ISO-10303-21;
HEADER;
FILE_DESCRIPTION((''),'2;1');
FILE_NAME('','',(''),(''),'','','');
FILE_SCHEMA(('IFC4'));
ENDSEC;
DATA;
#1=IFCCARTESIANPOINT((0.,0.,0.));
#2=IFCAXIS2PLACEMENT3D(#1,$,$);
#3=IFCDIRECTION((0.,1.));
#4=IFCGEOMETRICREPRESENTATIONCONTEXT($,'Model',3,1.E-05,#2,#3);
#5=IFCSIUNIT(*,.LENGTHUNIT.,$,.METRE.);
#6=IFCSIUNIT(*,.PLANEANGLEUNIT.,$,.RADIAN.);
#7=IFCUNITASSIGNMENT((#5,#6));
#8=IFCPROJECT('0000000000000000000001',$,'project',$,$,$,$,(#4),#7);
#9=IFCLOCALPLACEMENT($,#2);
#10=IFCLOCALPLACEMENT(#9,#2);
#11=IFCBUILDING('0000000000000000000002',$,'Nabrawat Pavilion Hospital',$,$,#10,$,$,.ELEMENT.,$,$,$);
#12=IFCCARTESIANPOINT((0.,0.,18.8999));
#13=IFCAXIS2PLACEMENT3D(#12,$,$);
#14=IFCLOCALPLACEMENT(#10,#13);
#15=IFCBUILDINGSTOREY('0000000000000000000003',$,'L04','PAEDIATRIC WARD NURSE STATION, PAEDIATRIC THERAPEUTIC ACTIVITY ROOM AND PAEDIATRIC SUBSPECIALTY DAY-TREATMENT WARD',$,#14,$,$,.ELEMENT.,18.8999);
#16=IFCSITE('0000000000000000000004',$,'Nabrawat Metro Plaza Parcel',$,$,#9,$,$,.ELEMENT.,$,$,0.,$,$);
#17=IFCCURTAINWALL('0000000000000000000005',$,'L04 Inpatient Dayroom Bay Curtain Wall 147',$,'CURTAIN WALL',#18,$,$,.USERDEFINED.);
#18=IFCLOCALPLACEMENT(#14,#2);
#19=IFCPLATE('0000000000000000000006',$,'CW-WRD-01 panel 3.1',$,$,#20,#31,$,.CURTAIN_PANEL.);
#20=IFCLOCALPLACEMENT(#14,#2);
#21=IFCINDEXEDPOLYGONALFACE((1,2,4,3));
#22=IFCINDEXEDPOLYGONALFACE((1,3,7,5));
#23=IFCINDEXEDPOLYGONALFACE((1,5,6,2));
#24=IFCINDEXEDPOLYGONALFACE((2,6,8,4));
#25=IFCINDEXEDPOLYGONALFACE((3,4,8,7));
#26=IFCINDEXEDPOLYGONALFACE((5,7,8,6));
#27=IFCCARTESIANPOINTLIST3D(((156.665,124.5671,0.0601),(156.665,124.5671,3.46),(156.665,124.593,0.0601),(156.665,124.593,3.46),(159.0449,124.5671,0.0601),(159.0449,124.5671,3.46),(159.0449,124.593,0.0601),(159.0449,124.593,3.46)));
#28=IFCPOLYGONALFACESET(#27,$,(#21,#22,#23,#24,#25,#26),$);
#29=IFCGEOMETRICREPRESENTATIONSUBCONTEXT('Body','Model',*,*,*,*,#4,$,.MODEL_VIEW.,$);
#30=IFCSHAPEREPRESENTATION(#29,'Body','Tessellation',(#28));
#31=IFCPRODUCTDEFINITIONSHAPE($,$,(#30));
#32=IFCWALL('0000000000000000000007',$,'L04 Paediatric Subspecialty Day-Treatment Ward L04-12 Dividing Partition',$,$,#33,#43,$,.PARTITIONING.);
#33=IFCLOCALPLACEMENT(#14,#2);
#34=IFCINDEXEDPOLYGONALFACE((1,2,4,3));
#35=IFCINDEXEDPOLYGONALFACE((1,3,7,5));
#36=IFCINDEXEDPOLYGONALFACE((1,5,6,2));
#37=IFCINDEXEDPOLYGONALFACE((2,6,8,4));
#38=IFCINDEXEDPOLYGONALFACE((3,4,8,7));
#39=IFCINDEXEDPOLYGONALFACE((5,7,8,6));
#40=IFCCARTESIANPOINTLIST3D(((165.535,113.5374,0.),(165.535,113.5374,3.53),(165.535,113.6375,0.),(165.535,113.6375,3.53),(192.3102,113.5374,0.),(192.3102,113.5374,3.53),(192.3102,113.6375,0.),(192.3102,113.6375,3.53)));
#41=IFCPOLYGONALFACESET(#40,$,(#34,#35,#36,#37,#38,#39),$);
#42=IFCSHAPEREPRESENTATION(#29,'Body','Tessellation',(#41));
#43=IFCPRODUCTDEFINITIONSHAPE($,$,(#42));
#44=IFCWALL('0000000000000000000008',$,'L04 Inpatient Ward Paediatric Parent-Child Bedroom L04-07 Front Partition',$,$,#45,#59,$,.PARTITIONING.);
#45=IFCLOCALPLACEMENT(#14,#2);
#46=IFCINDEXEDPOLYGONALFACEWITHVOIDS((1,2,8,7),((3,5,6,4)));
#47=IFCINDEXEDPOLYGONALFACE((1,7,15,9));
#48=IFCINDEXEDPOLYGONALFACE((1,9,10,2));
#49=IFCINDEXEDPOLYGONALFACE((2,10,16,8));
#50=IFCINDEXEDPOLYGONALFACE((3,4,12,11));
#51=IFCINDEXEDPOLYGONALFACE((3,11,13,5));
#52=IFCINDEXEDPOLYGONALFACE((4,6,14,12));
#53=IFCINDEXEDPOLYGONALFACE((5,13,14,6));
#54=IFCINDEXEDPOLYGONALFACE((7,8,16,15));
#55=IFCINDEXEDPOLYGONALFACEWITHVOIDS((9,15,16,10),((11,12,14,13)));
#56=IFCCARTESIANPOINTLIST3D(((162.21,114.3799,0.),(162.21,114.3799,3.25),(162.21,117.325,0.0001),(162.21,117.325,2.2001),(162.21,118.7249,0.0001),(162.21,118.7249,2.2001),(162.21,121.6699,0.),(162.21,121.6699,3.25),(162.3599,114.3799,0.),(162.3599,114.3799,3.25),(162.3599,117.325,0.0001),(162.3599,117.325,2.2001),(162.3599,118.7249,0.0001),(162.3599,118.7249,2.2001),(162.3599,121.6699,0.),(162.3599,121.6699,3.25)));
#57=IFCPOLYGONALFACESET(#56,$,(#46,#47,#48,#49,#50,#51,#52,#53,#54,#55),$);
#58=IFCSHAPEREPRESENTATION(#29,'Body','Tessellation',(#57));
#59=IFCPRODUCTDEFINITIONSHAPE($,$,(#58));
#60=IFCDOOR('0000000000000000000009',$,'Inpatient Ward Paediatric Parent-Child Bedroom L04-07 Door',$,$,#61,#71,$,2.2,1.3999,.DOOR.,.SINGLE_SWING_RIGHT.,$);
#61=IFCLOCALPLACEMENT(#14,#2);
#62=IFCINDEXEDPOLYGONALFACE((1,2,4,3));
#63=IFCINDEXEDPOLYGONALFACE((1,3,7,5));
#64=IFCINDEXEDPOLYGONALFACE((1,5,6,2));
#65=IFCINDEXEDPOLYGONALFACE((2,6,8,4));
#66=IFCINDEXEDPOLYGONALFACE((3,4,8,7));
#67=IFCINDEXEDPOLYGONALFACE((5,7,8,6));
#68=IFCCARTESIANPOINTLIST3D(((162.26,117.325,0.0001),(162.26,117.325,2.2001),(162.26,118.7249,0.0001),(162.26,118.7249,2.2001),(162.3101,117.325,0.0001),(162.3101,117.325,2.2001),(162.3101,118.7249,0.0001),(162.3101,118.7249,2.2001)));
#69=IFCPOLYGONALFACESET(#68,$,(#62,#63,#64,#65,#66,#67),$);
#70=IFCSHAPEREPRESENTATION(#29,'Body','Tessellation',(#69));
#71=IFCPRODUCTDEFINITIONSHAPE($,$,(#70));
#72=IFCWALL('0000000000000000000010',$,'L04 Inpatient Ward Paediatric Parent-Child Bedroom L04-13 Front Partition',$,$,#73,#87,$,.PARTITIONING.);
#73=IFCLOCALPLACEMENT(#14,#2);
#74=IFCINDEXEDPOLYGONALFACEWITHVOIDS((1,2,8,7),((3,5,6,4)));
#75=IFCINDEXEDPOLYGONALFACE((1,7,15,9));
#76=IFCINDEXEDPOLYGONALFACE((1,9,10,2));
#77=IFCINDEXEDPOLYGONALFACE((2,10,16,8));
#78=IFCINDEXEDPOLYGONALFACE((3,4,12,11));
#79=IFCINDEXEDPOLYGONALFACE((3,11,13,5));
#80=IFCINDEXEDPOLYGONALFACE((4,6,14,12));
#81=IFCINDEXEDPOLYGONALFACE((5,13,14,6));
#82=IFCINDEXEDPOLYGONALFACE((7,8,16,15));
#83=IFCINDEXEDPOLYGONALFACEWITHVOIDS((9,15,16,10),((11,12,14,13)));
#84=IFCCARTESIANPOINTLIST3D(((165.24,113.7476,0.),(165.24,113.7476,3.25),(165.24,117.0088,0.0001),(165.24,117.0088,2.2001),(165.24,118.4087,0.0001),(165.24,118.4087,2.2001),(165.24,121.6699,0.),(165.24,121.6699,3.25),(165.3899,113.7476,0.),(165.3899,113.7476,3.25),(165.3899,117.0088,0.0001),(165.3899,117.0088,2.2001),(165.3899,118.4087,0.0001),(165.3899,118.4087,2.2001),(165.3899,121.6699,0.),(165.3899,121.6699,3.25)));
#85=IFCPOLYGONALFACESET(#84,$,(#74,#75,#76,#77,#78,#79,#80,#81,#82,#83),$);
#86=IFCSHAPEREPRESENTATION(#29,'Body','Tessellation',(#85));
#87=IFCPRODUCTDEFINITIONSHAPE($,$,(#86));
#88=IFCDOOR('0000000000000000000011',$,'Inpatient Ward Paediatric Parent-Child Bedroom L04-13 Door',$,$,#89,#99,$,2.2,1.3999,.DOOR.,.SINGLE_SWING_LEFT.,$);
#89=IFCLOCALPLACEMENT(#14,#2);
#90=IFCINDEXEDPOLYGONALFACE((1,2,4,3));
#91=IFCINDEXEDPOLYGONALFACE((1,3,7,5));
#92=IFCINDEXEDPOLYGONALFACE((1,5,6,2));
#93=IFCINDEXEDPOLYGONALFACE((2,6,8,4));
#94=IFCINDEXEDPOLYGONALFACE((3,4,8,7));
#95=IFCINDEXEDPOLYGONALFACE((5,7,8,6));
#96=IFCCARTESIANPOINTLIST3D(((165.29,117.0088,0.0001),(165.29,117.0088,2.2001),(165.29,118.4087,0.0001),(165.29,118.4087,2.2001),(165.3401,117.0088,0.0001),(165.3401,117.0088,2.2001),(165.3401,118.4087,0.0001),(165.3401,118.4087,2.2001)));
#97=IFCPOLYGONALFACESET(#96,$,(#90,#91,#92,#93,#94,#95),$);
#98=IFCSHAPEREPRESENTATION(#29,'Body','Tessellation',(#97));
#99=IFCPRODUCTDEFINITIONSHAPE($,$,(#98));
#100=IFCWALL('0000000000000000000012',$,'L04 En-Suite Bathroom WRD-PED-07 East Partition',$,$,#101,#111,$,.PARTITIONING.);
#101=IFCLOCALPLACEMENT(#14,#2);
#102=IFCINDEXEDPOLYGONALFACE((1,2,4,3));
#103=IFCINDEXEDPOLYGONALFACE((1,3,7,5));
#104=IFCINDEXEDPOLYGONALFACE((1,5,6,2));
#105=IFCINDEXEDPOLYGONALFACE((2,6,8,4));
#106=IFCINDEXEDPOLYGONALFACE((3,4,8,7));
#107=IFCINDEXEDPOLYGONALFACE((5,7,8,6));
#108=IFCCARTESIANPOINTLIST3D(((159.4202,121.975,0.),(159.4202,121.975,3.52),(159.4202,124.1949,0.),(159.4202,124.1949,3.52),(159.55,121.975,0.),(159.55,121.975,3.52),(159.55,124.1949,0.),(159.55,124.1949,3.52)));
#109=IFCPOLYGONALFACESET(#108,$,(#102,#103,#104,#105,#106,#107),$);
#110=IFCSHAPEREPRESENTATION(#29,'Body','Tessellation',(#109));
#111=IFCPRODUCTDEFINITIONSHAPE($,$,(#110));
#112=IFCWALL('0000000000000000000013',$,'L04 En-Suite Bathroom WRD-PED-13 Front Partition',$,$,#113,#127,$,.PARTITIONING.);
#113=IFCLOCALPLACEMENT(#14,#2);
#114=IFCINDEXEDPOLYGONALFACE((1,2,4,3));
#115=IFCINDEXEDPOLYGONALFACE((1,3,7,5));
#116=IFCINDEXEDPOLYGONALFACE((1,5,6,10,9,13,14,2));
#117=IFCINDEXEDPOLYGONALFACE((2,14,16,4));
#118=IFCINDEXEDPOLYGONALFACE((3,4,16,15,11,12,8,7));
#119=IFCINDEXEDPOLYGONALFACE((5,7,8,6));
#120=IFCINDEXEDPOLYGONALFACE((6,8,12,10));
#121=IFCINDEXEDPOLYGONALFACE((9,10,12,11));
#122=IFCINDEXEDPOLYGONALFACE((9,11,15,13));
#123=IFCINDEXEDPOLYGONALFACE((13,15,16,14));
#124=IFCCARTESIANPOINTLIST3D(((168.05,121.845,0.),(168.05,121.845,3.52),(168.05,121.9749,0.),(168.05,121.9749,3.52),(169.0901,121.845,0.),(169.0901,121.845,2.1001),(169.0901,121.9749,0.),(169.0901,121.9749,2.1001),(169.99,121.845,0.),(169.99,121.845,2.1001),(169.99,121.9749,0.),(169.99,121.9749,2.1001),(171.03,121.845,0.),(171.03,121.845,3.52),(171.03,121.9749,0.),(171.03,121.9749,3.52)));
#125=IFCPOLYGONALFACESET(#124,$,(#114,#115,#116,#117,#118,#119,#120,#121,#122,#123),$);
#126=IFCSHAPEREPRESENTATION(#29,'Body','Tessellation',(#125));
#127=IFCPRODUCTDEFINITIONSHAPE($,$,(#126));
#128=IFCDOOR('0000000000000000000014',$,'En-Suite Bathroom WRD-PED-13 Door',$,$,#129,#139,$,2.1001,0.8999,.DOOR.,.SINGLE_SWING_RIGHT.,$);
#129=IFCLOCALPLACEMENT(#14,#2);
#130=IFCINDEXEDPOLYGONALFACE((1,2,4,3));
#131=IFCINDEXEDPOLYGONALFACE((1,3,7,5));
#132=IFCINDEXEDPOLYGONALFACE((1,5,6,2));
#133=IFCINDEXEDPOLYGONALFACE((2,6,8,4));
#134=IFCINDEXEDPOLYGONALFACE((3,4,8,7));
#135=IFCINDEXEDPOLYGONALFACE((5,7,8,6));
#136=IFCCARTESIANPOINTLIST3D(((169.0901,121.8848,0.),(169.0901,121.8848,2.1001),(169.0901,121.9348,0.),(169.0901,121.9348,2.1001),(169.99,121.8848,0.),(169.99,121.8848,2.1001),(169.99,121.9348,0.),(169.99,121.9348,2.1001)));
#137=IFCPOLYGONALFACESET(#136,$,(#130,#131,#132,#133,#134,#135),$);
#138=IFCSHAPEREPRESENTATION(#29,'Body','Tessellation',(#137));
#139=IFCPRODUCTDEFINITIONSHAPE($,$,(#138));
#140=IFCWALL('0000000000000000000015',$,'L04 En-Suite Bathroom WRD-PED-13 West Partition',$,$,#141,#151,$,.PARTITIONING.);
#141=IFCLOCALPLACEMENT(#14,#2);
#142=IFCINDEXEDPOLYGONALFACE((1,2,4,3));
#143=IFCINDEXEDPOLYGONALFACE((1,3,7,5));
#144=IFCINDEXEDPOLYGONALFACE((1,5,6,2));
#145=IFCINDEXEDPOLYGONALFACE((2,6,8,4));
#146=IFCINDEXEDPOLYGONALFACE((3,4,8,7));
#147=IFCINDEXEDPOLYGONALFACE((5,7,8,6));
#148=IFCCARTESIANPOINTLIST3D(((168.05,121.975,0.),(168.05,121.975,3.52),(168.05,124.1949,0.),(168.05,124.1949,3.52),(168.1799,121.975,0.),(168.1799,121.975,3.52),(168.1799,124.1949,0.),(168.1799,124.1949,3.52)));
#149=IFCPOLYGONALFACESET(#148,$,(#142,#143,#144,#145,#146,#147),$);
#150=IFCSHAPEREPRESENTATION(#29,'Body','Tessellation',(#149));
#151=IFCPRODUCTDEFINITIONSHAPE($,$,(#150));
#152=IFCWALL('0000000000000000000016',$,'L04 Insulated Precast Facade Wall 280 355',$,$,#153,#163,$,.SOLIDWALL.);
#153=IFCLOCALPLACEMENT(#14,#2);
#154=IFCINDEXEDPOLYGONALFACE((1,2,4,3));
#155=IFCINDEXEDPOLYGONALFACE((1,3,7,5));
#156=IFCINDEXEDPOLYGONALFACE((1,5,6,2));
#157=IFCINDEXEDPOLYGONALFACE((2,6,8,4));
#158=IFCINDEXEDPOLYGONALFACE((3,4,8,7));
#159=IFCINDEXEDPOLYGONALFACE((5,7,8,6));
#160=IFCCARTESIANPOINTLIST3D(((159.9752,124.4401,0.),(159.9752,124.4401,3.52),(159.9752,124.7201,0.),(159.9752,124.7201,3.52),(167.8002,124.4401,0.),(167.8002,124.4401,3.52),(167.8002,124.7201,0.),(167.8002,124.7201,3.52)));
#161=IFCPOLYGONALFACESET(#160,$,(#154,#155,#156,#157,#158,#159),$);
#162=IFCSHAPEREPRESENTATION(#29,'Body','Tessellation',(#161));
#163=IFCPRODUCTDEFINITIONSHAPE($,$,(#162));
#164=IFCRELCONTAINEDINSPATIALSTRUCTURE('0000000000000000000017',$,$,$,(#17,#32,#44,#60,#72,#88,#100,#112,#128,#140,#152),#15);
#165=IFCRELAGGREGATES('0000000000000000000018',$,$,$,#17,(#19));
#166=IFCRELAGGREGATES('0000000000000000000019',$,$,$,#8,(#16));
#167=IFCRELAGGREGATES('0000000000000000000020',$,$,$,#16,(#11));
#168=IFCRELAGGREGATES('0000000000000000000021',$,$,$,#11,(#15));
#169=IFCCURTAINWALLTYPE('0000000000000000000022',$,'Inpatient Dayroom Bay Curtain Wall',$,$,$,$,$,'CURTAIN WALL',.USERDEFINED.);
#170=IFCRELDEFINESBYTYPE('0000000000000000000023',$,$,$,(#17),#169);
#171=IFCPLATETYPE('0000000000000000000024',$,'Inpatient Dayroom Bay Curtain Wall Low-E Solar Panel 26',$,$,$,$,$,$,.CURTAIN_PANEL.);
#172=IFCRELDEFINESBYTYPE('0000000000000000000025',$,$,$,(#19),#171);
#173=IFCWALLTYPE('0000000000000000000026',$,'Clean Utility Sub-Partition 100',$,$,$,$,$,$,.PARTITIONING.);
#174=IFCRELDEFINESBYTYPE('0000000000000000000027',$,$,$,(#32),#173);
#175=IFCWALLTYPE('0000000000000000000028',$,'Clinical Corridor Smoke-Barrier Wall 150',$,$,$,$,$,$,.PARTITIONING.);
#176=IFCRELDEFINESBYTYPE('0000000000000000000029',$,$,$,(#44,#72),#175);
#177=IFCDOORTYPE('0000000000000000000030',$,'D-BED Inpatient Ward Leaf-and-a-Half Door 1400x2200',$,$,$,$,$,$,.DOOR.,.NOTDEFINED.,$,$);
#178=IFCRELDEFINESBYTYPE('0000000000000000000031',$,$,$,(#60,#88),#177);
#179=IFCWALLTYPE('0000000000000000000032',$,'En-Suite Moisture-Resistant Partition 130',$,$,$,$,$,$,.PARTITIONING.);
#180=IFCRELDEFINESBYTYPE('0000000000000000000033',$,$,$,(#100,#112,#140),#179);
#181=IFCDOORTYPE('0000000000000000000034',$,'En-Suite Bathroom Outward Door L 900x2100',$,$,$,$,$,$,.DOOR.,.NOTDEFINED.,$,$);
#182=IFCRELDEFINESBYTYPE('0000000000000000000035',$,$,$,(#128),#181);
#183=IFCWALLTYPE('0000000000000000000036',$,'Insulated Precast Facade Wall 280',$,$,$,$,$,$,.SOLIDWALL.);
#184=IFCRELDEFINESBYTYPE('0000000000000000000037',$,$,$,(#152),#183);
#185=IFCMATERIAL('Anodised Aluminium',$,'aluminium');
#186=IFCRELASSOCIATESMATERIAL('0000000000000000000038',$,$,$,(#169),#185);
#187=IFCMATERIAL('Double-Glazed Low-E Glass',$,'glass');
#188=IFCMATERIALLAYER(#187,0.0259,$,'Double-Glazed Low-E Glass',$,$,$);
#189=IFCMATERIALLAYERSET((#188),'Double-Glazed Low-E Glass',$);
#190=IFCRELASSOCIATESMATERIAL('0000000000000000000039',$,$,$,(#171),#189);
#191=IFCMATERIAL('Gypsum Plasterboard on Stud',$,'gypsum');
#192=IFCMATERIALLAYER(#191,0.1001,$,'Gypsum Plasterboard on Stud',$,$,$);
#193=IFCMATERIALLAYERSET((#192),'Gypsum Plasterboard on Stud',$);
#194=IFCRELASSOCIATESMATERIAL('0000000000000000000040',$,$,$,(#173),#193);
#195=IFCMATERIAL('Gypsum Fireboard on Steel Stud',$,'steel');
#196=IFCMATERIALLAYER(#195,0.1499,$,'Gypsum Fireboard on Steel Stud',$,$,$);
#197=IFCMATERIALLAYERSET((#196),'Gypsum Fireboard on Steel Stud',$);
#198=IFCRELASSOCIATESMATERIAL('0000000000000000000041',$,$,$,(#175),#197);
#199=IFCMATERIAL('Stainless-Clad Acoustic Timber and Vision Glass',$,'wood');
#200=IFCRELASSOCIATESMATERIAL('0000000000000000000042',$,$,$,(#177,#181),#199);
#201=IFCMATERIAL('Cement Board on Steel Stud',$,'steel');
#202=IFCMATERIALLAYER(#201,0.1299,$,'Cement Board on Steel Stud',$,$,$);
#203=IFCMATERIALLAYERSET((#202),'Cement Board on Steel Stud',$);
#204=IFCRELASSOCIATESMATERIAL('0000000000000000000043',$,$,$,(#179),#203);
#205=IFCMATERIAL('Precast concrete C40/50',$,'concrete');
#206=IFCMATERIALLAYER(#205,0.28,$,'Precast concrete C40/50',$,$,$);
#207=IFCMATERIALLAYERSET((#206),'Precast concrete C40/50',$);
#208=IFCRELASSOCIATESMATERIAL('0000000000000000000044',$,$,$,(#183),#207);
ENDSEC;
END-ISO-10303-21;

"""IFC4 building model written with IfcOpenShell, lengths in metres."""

from ifc_helpers import new_model, si_unit, direction, frame, frame_2d, origin, origin_2d, place, context, subcontext, project, spatial, rectangle, extrude, material, layer, layer_set, type_object, element, fill, aggregate, save


model = new_model("IFC4")

# Units and contexts
model_context = context("Model", 3, precision=1e-05, world=origin(), true_north=direction((0.0, 1.0)))
body_context = subcontext(model_context, "Body", "Model", "MODEL_VIEW")
ifc_project = project(units=[si_unit("LENGTHUNIT", "METRE"), si_unit("PLANEANGLEUNIT", "RADIAN")], contexts=[model_context])

# Site, building, storey
site_placement = place(None, origin())
site = spatial("IfcSite", under=ifc_project, at=site_placement, Name="Nabrawat Metro Plaza Parcel", CompositionType="ELEMENT", RefElevation=0.0)
building_placement = place(site_placement, origin())
building = spatial("IfcBuilding", under=site, at=building_placement, Name="Nabrawat Pavilion Hospital", CompositionType="ELEMENT")
storey_placement = place(building_placement, frame((0.0, 0.0, 18.8999)))
storey = spatial("IfcBuildingStorey", under=building, at=storey_placement, Name="L04", Description="PAEDIATRIC WARD NURSE STATION, PAEDIATRIC THERAPEUTIC ACTIVITY ROOM AND PAEDIATRIC SUBSPECIALTY DAY-TREATMENT WARD", CompositionType="ELEMENT", Elevation=18.8999)

# Curtain wall
ifc_material_1 = material(Name="Anodised Aluminium", Category="aluminium")
curtain_wall_type = type_object("IfcCurtainWallType", Name="Inpatient Dayroom Bay Curtain Wall", ElementType="CURTAIN WALL", PredefinedType="USERDEFINED", material=ifc_material_1)
curtain_wall_placement = place(storey_placement, origin())
curtain_wall = element("IfcCurtainWall", 1, at=curtain_wall_placement, inside=storey, type_object=curtain_wall_type, Name="L04 Inpatient Dayroom Bay Curtain Wall 147", ObjectType="CURTAIN WALL", PredefinedType="USERDEFINED")

# Plate
ifc_material_2 = material(Name="Double-Glazed Low-E Glass", Category="glass")
ifc_layer_1 = layer(ifc_material_2, 0.0259, Name="Double-Glazed Low-E Glass")
ifc_layer_set_1 = layer_set([ifc_layer_1], Name="Double-Glazed Low-E Glass")
plate_type = type_object("IfcPlateType", Name="Inpatient Dayroom Bay Curtain Wall Low-E Solar Panel 26", PredefinedType="CURTAIN_PANEL", material=ifc_layer_set_1)
plate_placement = place(storey_placement, frame((157.855, 124.5801, 0.0601), z_axis=(0.0, 0.0, 1.0), x_axis=(1.0, 0.0, 0.0)))
plate = element("IfcPlate", 2, at=plate_placement, type_object=plate_type, Name="CW-WRD-01 panel 3.1", PredefinedType="CURTAIN_PANEL", context=body_context, shape_type="SweptSolid", body=[
    extrude(rectangle(XDim=2.3799, YDim=0.0259, at=origin_2d()), origin(), (0.0, 0.0, 1.0), 3.3999),
])
aggregate(curtain_wall, [plate])

# Wall
ifc_material_3 = material(Name="Gypsum Plasterboard on Stud", Category="gypsum")
ifc_layer_2 = layer(ifc_material_3, 0.1001, Name="Gypsum Plasterboard on Stud")
ifc_layer_set_2 = layer_set([ifc_layer_2], Name="Gypsum Plasterboard on Stud")
wall_type_1 = type_object("IfcWallType", Name="Clean Utility Sub-Partition 100", PredefinedType="PARTITIONING", material=ifc_layer_set_2)
wall_1_placement = place(storey_placement, frame((165.5349, 113.5874, 0.0), z_axis=(0.0, 0.0, 1.0), x_axis=(1.0, 0.0, 0.0)))
element("IfcWall", 3, at=wall_1_placement, inside=storey, type_object=wall_type_1, Name="L04 Paediatric Subspecialty Day-Treatment Ward L04-12 Dividing Partition", PredefinedType="PARTITIONING", context=body_context, shape_type="SweptSolid", body=[
    extrude(rectangle(XDim=26.7751, YDim=0.1001, at=frame_2d((13.3877, 0.0))), origin(), (0.0, 0.0, 1.0), 3.53),
])

# Walls, openings, doors
ifc_material_4 = material(Name="Gypsum Fireboard on Steel Stud", Category="steel")
ifc_layer_3 = layer(ifc_material_4, 0.1499, Name="Gypsum Fireboard on Steel Stud")
ifc_layer_set_3 = layer_set([ifc_layer_3], Name="Gypsum Fireboard on Steel Stud")
wall_type_2 = type_object("IfcWallType", Name="Clinical Corridor Smoke-Barrier Wall 150", PredefinedType="PARTITIONING", material=ifc_layer_set_3)
wall_2_placement = place(storey_placement, frame((162.2849, 114.3799, 0.0), z_axis=(0.0, 0.0, 1.0), x_axis=(0.0, 1.0, 0.0)))
wall_2 = element("IfcWall", 4, at=wall_2_placement, inside=storey, type_object=wall_type_2, Name="L04 Inpatient Ward Paediatric Parent-Child Bedroom L04-07 Front Partition", PredefinedType="PARTITIONING", context=body_context, shape_type="SweptSolid", body=[
    extrude(rectangle(XDim=7.29, YDim=0.1499, at=frame_2d((3.645, 0.0))), origin(), (0.0, 0.0, 1.0), 3.25),
])
opening_1_placement = place(wall_2_placement, frame((2.9451, 0.0, 0.0)))
opening_1 = element("IfcOpeningElement", 5, at=opening_1_placement, cuts=wall_2, PredefinedType="OPENING", context=body_context, shape_type="SweptSolid", body=[
    extrude(rectangle(XDim=1.3999, YDim=2.2, at=frame_2d((0.7, 1.1001))), frame((0.0, 0.085, 0.0), z_axis=(0.0, -1.0, 0.0), x_axis=(1.0, 0.0, 0.0)), (0.0, 0.0, 1.0), 0.1699),
])
ifc_material_5 = material(Name="Stainless-Clad Acoustic Timber and Vision Glass", Category="wood")
door_type_1 = type_object("IfcDoorType", Name="D-BED Inpatient Ward Leaf-and-a-Half Door 1400x2200", OperationType="NOTDEFINED", PredefinedType="DOOR", material=ifc_material_5)
door_1_placement = place(opening_1_placement, origin())
door_1 = element("IfcDoor", 6, at=door_1_placement, inside=storey, type_object=door_type_1, Name="Inpatient Ward Paediatric Parent-Child Bedroom L04-07 Door", OperationType="SINGLE_SWING_RIGHT", OverallHeight=2.2, OverallWidth=1.3999, PredefinedType="DOOR", context=body_context, shape_type="SweptSolid", body=[
    extrude(rectangle(XDim=1.3999, YDim=2.2, at=frame_2d((0.7, 1.1001))), frame((0.0, 0.0249, 0.0), z_axis=(0.0, -1.0, 0.0), x_axis=(1.0, 0.0, 0.0)), (0.0, 0.0, 1.0), 0.05),
])
fill(opening_1, door_1)
wall_3_placement = place(storey_placement, frame((165.3149, 113.7476, 0.0), z_axis=(0.0, 0.0, 1.0), x_axis=(0.0, 1.0, 0.0)))
wall_3 = element("IfcWall", 7, at=wall_3_placement, inside=storey, type_object=wall_type_2, Name="L04 Inpatient Ward Paediatric Parent-Child Bedroom L04-13 Front Partition", PredefinedType="PARTITIONING", context=body_context, shape_type="SweptSolid", body=[
    extrude(rectangle(XDim=7.9224, YDim=0.1499, at=frame_2d((3.9612, 0.0))), origin(), (0.0, 0.0, 1.0), 3.25),
])
opening_2_placement = place(wall_3_placement, frame((3.2612, 0.0, 0.0)))
opening_2 = element("IfcOpeningElement", 8, at=opening_2_placement, cuts=wall_3, PredefinedType="OPENING", context=body_context, shape_type="SweptSolid", body=[
    extrude(rectangle(XDim=1.3999, YDim=2.2, at=frame_2d((0.7, 1.1001))), frame((0.0, 0.085, 0.0), z_axis=(0.0, -1.0, 0.0), x_axis=(1.0, 0.0, 0.0)), (0.0, 0.0, 1.0), 0.1699),
])
door_2_placement = place(opening_2_placement, origin())
door_2 = element("IfcDoor", 9, at=door_2_placement, inside=storey, type_object=door_type_1, Name="Inpatient Ward Paediatric Parent-Child Bedroom L04-13 Door", OperationType="SINGLE_SWING_LEFT", OverallHeight=2.2, OverallWidth=1.3999, PredefinedType="DOOR", context=body_context, shape_type="SweptSolid", body=[
    extrude(rectangle(XDim=1.3999, YDim=2.2, at=frame_2d((0.7, 1.1001))), frame((0.0, 0.0249, 0.0), z_axis=(0.0, -1.0, 0.0), x_axis=(1.0, 0.0, 0.0)), (0.0, 0.0, 1.0), 0.05),
])
fill(opening_2, door_2)

# Wall
ifc_material_6 = material(Name="Cement Board on Steel Stud", Category="steel")
ifc_layer_4 = layer(ifc_material_6, 0.1299, Name="Cement Board on Steel Stud")
ifc_layer_set_4 = layer_set([ifc_layer_4], Name="Cement Board on Steel Stud")
wall_type_3 = type_object("IfcWallType", Name="En-Suite Moisture-Resistant Partition 130", PredefinedType="PARTITIONING", material=ifc_layer_set_4)
wall_4_placement = place(storey_placement, frame((159.4851, 121.9751, 0.0), z_axis=(0.0, 0.0, 1.0), x_axis=(0.0, 1.0, 0.0)))
element("IfcWall", 10, at=wall_4_placement, inside=storey, type_object=wall_type_3, Name="L04 En-Suite Bathroom WRD-PED-07 East Partition", PredefinedType="PARTITIONING", context=body_context, shape_type="SweptSolid", body=[
    extrude(rectangle(XDim=2.22, YDim=0.1299, at=frame_2d((1.1099, 0.0))), origin(), (0.0, 0.0, 1.0), 3.52),
])

# Wall, opening, door
wall_5_placement = place(storey_placement, frame((168.05, 121.9099, 0.0), z_axis=(0.0, 0.0, 1.0), x_axis=(1.0, 0.0, 0.0)))
wall_5 = element("IfcWall", 11, at=wall_5_placement, inside=storey, type_object=wall_type_3, Name="L04 En-Suite Bathroom WRD-PED-13 Front Partition", PredefinedType="PARTITIONING", context=body_context, shape_type="SweptSolid", body=[
    extrude(rectangle(XDim=2.98, YDim=0.1299, at=frame_2d((1.49, 0.0))), origin(), (0.0, 0.0, 1.0), 3.52),
])
opening_3_placement = place(wall_5_placement, frame((1.04, 0.0, 0.0)))
opening_3 = element("IfcOpeningElement", 12, at=opening_3_placement, cuts=wall_5, PredefinedType="OPENING", context=body_context, shape_type="SweptSolid", body=[
    extrude(rectangle(XDim=0.8999, YDim=2.1001, at=frame_2d((0.45, 1.05))), frame((0.0, 0.075, 0.0), z_axis=(0.0, -1.0, 0.0), x_axis=(1.0, 0.0, 0.0)), (0.0, 0.0, 1.0), 0.1499),
])
door_type_2 = type_object("IfcDoorType", Name="En-Suite Bathroom Outward Door L 900x2100", OperationType="NOTDEFINED", PredefinedType="DOOR", material=ifc_material_5)
door_3_placement = place(opening_3_placement, origin())
door_3 = element("IfcDoor", 13, at=door_3_placement, inside=storey, type_object=door_type_2, Name="En-Suite Bathroom WRD-PED-13 Door", OperationType="SINGLE_SWING_RIGHT", OverallHeight=2.1001, OverallWidth=0.8999, PredefinedType="DOOR", context=body_context, shape_type="SweptSolid", body=[
    extrude(rectangle(XDim=0.8999, YDim=2.1001, at=frame_2d((0.45, 1.05))), frame((0.0, 0.0249, 0.0), z_axis=(0.0, -1.0, 0.0), x_axis=(1.0, 0.0, 0.0)), (0.0, 0.0, 1.0), 0.05),
])
fill(opening_3, door_3)

# Walls
wall_6_placement = place(storey_placement, frame((168.115, 121.9751, 0.0), z_axis=(0.0, 0.0, 1.0), x_axis=(0.0, 1.0, 0.0)))
element("IfcWall", 14, at=wall_6_placement, inside=storey, type_object=wall_type_3, Name="L04 En-Suite Bathroom WRD-PED-13 West Partition", PredefinedType="PARTITIONING", context=body_context, shape_type="SweptSolid", body=[
    extrude(rectangle(XDim=2.22, YDim=0.1299, at=frame_2d((1.1099, 0.0))), origin(), (0.0, 0.0, 1.0), 3.52),
])
ifc_material_7 = material(Name="Precast concrete C40/50", Category="concrete")
ifc_layer_5 = layer(ifc_material_7, 0.28, Name="Precast concrete C40/50")
ifc_layer_set_5 = layer_set([ifc_layer_5], Name="Precast concrete C40/50")
wall_type_4 = type_object("IfcWallType", Name="Insulated Precast Facade Wall 280", PredefinedType="SOLIDWALL", material=ifc_layer_set_5)
wall_7_placement = place(storey_placement, frame((159.9751, 124.5801, 0.0), z_axis=(0.0, 0.0, 1.0), x_axis=(1.0, 0.0, 0.0)))
element("IfcWall", 15, at=wall_7_placement, inside=storey, type_object=wall_type_4, Name="L04 Insulated Precast Facade Wall 280 355", PredefinedType="SOLIDWALL", context=body_context, shape_type="SweptSolid", body=[
    extrude(rectangle(XDim=7.825, YDim=0.28, at=frame_2d((3.9126, 0.0))), origin(), (0.0, 0.0, 1.0), 3.52),
])

save(model, "model.ifc")
